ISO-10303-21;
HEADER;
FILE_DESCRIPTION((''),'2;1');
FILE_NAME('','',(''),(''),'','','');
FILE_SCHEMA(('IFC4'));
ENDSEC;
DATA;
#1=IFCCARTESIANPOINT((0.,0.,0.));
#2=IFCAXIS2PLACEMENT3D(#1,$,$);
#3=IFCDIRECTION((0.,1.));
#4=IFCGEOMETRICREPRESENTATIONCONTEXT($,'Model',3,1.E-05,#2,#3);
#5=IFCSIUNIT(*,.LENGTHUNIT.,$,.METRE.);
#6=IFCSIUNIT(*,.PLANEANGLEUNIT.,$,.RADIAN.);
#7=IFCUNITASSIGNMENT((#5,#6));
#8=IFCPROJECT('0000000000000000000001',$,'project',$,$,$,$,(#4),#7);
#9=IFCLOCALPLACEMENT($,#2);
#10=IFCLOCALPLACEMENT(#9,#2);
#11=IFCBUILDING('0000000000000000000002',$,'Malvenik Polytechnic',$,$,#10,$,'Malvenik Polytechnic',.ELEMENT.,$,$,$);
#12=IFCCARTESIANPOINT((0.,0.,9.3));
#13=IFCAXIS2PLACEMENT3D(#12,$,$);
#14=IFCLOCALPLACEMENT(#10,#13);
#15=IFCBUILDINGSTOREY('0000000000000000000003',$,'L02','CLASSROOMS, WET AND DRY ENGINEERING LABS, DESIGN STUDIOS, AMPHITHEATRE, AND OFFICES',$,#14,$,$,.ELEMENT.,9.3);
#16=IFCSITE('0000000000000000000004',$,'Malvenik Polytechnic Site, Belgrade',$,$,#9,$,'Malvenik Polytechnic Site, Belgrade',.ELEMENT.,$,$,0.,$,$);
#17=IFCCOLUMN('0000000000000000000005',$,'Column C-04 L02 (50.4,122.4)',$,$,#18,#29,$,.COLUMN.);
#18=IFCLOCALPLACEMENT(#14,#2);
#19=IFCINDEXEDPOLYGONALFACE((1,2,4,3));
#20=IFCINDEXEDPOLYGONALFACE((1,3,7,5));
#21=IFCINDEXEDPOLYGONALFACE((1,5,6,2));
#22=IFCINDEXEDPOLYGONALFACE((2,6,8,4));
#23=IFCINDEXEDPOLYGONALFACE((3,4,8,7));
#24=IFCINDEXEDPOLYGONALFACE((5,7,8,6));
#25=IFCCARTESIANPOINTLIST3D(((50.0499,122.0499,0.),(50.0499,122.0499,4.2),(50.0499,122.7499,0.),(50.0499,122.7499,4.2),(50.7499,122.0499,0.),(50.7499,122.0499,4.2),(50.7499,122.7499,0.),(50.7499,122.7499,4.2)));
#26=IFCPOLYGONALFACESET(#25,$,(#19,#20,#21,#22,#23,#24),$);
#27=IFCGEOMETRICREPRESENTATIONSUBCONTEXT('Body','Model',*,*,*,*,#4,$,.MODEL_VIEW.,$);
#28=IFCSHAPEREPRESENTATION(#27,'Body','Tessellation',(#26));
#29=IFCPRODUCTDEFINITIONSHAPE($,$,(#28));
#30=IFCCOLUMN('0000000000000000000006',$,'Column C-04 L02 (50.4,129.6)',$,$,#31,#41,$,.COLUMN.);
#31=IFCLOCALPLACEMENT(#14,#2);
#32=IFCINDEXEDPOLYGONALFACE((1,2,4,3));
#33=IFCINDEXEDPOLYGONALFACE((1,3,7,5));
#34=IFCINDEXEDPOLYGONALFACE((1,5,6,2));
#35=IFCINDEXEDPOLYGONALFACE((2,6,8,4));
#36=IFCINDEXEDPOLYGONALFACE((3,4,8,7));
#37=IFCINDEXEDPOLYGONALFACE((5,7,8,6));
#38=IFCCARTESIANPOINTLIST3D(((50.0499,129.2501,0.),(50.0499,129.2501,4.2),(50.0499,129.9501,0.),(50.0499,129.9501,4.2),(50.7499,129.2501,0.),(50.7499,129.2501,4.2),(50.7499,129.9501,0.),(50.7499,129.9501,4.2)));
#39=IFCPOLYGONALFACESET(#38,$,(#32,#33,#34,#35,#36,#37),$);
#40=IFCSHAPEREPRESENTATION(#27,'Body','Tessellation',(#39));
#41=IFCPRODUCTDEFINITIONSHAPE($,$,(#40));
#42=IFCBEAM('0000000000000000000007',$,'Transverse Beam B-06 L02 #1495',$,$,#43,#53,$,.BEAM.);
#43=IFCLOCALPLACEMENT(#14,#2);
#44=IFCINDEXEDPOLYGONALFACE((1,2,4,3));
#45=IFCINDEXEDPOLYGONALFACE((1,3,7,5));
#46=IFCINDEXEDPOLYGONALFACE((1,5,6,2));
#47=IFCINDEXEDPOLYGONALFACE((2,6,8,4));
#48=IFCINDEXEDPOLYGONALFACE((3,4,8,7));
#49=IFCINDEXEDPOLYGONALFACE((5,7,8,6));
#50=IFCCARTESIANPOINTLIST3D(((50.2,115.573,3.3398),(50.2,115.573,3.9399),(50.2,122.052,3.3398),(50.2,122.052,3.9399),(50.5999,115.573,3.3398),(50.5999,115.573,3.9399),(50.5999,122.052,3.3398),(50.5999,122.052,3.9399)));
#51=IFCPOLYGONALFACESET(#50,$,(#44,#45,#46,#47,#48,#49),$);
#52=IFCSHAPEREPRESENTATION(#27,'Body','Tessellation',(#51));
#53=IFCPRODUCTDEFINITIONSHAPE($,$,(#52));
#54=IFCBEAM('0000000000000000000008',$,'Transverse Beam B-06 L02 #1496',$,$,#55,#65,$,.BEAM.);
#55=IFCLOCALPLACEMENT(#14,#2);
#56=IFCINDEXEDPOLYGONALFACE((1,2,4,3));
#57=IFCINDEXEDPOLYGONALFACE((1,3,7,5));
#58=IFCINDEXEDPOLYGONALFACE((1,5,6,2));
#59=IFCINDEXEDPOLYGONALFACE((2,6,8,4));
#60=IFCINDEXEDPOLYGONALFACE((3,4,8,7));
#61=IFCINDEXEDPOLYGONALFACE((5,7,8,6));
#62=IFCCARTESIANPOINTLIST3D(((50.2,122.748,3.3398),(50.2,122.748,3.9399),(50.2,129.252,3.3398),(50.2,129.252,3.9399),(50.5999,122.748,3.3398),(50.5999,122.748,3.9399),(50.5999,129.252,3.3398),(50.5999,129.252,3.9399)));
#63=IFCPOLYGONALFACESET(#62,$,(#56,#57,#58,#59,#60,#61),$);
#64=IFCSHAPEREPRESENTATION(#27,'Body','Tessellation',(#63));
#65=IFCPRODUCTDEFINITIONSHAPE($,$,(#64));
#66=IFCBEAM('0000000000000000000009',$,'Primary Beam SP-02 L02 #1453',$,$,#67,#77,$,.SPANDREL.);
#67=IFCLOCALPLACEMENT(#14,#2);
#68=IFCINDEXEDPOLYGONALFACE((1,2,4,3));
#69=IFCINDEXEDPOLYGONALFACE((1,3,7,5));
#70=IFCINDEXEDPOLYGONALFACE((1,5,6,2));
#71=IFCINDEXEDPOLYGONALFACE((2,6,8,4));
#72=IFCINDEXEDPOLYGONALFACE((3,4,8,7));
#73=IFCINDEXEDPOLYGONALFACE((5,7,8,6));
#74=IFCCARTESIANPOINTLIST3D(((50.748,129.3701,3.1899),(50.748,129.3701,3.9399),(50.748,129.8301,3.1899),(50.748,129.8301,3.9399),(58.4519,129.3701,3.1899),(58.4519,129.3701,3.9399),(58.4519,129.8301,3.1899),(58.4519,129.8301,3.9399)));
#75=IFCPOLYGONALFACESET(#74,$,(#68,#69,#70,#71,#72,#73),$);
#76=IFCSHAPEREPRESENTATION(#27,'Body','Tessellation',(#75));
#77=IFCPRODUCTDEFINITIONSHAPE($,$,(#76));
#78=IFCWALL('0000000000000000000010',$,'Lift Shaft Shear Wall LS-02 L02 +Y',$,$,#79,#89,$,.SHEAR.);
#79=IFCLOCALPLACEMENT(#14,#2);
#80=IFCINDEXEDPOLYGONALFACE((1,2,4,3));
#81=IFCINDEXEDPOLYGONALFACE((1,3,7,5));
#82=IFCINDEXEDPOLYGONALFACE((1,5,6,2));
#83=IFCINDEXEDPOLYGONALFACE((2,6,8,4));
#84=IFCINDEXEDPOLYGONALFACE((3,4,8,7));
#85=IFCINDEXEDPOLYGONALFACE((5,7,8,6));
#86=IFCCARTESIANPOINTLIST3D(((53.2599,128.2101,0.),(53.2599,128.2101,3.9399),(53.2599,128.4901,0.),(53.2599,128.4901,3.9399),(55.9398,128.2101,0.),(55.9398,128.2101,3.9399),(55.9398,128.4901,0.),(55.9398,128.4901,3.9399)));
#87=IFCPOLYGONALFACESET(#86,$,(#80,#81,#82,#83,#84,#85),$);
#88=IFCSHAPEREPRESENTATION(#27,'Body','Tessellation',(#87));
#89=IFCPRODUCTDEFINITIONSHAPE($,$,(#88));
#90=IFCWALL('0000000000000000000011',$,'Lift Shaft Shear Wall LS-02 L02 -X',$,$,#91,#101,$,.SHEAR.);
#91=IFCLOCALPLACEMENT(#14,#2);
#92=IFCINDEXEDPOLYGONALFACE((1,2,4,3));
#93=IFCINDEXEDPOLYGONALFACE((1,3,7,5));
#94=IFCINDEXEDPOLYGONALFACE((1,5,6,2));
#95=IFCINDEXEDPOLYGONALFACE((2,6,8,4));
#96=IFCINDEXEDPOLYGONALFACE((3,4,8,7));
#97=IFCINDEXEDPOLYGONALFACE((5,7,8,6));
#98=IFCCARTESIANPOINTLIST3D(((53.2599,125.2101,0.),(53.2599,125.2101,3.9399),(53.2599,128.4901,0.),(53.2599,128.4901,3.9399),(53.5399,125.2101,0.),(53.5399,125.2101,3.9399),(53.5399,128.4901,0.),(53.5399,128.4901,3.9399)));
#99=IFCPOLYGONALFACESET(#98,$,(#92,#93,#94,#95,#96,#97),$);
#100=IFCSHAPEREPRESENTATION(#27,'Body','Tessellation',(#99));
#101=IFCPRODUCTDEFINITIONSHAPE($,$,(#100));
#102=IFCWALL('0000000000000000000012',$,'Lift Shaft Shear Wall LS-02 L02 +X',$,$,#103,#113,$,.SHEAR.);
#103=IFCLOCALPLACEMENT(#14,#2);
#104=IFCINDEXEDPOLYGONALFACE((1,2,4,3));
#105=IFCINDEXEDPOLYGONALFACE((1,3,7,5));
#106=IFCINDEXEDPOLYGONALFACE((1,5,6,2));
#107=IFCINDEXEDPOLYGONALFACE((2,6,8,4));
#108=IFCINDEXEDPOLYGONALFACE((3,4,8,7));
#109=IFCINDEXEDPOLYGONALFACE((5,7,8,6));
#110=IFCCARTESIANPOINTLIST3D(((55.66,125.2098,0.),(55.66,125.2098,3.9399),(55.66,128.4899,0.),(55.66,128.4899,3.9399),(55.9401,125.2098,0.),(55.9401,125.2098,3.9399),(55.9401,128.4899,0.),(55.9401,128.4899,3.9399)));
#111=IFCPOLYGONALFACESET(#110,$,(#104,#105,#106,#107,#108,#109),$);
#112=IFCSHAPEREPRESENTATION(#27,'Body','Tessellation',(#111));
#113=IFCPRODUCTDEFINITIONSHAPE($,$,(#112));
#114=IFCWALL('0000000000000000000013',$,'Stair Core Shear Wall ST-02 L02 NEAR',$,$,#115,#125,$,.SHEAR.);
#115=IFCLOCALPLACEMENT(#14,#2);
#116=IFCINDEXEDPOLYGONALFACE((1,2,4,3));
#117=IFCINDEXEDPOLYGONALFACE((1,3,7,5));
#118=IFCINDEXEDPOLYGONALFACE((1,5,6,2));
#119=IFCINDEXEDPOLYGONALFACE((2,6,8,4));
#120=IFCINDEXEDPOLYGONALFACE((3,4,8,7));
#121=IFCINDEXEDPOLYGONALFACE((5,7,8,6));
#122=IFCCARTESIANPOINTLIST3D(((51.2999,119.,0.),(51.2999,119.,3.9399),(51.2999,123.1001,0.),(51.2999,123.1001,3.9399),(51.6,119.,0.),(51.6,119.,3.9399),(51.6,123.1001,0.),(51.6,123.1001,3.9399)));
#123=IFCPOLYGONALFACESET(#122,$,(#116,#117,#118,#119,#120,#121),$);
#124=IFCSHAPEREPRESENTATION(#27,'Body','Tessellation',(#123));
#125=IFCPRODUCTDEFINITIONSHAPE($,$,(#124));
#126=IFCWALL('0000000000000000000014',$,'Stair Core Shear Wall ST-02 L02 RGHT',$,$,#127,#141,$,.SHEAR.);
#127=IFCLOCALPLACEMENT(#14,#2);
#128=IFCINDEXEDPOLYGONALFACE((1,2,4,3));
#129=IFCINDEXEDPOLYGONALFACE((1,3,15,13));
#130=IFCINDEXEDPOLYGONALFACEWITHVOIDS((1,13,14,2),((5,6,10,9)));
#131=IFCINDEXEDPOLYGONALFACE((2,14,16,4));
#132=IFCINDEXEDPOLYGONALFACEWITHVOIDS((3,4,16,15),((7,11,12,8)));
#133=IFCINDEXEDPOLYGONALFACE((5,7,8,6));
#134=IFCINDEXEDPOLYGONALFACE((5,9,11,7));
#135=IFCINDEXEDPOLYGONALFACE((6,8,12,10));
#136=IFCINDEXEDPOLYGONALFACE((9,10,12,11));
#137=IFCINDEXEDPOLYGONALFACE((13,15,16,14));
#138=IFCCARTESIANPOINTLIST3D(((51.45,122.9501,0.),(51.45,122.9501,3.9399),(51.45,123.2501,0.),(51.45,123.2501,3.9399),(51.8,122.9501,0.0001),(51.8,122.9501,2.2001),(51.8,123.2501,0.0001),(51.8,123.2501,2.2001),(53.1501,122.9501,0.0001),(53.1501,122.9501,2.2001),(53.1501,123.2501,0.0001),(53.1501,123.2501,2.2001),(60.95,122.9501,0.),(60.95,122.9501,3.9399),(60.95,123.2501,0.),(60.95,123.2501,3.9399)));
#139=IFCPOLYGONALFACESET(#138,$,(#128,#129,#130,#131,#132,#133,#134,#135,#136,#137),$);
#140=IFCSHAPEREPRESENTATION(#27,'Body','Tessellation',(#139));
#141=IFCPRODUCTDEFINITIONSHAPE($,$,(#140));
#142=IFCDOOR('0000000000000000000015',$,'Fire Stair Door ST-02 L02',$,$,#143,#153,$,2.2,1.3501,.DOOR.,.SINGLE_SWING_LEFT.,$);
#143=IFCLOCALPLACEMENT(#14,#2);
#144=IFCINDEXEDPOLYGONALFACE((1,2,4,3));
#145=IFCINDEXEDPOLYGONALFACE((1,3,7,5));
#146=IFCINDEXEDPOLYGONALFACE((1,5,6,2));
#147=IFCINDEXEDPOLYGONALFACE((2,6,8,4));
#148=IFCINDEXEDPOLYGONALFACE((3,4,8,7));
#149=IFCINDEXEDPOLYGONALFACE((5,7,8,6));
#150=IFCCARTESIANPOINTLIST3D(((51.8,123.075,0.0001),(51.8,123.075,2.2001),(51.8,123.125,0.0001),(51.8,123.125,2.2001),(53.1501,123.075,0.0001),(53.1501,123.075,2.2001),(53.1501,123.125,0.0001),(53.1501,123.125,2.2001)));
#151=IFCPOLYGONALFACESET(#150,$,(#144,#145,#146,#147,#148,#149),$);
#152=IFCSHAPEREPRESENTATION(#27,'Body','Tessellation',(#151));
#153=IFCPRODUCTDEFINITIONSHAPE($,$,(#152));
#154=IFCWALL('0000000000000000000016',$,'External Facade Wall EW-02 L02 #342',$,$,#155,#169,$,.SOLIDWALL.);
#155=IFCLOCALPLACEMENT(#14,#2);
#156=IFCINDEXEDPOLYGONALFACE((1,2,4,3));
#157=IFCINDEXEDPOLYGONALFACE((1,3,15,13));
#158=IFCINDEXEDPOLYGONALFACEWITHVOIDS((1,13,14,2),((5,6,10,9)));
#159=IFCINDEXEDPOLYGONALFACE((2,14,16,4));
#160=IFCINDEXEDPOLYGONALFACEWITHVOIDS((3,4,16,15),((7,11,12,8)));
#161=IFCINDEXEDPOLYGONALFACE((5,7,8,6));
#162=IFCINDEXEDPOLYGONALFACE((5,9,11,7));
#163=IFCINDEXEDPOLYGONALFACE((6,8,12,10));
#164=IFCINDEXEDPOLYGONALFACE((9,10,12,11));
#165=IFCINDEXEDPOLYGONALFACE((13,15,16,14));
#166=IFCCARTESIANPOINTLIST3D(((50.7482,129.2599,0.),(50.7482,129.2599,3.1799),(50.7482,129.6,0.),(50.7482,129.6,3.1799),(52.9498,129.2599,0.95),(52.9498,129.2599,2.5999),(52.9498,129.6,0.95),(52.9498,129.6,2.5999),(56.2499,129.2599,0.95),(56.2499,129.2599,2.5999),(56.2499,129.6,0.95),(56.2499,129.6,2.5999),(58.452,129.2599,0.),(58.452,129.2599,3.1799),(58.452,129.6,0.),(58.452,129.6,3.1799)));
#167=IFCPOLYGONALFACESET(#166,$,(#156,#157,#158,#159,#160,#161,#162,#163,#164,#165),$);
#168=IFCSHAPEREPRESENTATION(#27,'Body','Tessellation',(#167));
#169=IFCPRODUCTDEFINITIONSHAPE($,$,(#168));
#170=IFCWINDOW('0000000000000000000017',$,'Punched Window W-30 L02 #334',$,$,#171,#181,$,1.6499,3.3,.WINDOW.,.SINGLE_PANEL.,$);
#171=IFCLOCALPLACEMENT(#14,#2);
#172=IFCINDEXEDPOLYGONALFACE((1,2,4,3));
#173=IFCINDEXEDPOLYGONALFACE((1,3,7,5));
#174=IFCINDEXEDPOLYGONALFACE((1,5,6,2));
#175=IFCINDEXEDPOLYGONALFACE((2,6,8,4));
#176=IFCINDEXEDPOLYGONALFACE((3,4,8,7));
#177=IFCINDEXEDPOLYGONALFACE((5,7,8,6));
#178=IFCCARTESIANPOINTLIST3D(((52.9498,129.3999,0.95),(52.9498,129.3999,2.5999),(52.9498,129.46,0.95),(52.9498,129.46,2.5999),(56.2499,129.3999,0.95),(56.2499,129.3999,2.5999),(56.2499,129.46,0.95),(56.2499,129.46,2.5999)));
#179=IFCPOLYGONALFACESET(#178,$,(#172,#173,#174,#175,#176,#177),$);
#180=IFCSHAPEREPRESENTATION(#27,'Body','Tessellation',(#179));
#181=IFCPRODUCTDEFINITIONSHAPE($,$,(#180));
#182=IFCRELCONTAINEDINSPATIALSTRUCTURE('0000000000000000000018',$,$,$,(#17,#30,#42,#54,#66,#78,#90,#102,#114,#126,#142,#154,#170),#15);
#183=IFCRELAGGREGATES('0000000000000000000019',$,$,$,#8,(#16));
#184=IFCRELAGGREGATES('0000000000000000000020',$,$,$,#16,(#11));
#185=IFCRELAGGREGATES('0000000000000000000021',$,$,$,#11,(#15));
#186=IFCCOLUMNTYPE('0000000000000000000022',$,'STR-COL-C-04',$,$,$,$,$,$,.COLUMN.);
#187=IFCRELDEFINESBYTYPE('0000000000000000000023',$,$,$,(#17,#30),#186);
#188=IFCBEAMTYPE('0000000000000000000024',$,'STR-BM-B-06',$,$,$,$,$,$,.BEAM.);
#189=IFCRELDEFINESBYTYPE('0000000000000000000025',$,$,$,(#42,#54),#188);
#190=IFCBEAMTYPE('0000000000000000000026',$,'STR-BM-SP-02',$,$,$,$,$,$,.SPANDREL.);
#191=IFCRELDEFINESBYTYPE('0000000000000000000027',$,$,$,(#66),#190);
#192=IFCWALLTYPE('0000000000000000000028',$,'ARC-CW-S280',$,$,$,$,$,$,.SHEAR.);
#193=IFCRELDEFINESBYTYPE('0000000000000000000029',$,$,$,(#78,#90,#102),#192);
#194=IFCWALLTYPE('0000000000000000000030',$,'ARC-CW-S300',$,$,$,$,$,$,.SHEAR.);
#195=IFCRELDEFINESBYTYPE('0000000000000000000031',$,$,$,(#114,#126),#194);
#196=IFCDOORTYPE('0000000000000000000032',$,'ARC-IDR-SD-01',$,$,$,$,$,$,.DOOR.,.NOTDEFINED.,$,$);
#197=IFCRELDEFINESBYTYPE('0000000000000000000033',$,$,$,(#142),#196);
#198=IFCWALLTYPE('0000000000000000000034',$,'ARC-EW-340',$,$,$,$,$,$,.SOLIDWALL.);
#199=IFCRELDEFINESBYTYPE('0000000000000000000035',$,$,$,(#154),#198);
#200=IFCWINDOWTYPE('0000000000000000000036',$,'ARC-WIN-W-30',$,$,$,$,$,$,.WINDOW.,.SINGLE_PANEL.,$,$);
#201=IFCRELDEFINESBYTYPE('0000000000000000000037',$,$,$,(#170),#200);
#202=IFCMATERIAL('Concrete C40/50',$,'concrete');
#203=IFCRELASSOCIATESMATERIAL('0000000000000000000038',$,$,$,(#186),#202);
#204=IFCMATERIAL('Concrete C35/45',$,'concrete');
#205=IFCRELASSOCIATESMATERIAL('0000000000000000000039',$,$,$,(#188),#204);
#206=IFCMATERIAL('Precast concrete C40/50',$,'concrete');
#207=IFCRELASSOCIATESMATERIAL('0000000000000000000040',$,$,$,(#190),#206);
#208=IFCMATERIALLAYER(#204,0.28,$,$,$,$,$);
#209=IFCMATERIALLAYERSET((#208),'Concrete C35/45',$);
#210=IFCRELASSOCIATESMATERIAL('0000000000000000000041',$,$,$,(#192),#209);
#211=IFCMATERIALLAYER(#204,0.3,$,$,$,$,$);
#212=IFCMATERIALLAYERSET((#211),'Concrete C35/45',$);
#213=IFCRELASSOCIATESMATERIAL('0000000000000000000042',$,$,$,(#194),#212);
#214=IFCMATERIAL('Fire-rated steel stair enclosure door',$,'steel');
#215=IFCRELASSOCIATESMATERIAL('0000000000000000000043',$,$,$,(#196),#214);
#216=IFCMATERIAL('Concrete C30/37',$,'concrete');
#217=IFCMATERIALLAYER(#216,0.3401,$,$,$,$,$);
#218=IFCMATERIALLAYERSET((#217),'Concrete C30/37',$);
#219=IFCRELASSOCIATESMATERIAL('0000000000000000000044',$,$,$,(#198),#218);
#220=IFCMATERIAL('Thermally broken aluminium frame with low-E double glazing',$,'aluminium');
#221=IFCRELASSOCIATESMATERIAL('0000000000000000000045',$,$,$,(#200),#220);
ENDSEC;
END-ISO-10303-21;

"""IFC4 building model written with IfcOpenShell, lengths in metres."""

from ifc_helpers import new_model, si_unit, direction, frame, frame_2d, origin, origin_2d, place, context, subcontext, project, spatial, rectangle, extrude, material, layer, layer_set, material_profile, profile_set, type_object, element, fill, save


model = new_model("IFC4")

# Units and contexts
model_context = context("Model", 3, precision=1e-05, world=origin(), true_north=direction((0.0, 1.0)))
body_context = subcontext(model_context, "Body", "Model", "MODEL_VIEW")
ifc_project = project(units=[si_unit("LENGTHUNIT", "METRE"), si_unit("PLANEANGLEUNIT", "RADIAN")], contexts=[model_context])

# Site, building, storey
site_placement = place(None, origin())
site = spatial("IfcSite", under=ifc_project, at=site_placement, Name="Malvenik Polytechnic Site, Belgrade", LongName="Malvenik Polytechnic Site, Belgrade", CompositionType="ELEMENT", RefElevation=0.0)
building_placement = place(site_placement, origin())
building = spatial("IfcBuilding", under=site, at=building_placement, Name="Malvenik Polytechnic", LongName="Malvenik Polytechnic", CompositionType="ELEMENT")
storey_placement = place(building_placement, frame((0.0, 0.0, 9.3)))
storey = spatial("IfcBuildingStorey", under=building, at=storey_placement, Name="L02", Description="CLASSROOMS, WET AND DRY ENGINEERING LABS, DESIGN STUDIOS, AMPHITHEATRE, AND OFFICES", CompositionType="ELEMENT", Elevation=9.3)

# Columns
ifc_material_1 = material(Name="Concrete C40/50", Category="concrete")
ifc_material_profile_1 = material_profile(ifc_material_1, rectangle(XDim=0.7, YDim=0.7, at=origin_2d()), Name="RC COL 700x700")
ifc_profile_set_1 = profile_set([ifc_material_profile_1], Name="Concrete C40/50")
column_type = type_object("IfcColumnType", Name="STR-COL-C-04", PredefinedType="COLUMN", material=ifc_profile_set_1)
for number, where, z_axis, x_axis, name in (
    (1, (50.3999, 122.3999, 0.0), (0.0, 0.0, 1.0), (1.0, 0.0, 0.0), "Column C-04 L02 (50.4,122.4)"),
    (2, (50.3999, 129.6001, 0.0), (0.0, 0.0, 1.0), (1.0, 0.0, 0.0), "Column C-04 L02 (50.4,129.6)"),
):
    element("IfcColumn", number, at=place(storey_placement, frame(where, z_axis=z_axis, x_axis=x_axis)), inside=storey, type_object=column_type, Name=name, PredefinedType="COLUMN", context=body_context, shape_type="SweptSolid", body=[
        extrude(rectangle(XDim=0.7, YDim=0.7, at=origin_2d()), origin(), (0.0, 0.0, 1.0), 4.2),
    ])

# Beams
ifc_material_2 = material(Name="Concrete C35/45", Category="concrete")
ifc_material_profile_2 = material_profile(ifc_material_2, rectangle(XDim=0.3999, YDim=0.6001, at=origin_2d()), Name="RC BM 400x600")
ifc_profile_set_2 = profile_set([ifc_material_profile_2], Name="Concrete C35/45")
beam_type_1 = type_object("IfcBeamType", Name="STR-BM-B-06", PredefinedType="BEAM", material=ifc_profile_set_2)
beam_1_placement = place(storey_placement, frame((50.3999, 115.573, 3.6399), z_axis=(0.0, 1.0, 0.0), x_axis=(-1.0, 0.0, 0.0)))
element("IfcBeam", 3, at=beam_1_placement, inside=storey, type_object=beam_type_1, Name="Transverse Beam B-06 L02 #1495", PredefinedType="BEAM", context=body_context, shape_type="SweptSolid", body=[
    extrude(rectangle(XDim=0.3999, YDim=0.6001, at=origin_2d()), origin(), (0.0, 0.0, 1.0), 6.479),
])
beam_2_placement = place(storey_placement, frame((50.3999, 122.748, 3.6399), z_axis=(0.0, 1.0, 0.0), x_axis=(-1.0, 0.0, 0.0)))
element("IfcBeam", 4, at=beam_2_placement, inside=storey, type_object=beam_type_1, Name="Transverse Beam B-06 L02 #1496", PredefinedType="BEAM", context=body_context, shape_type="SweptSolid", body=[
    extrude(rectangle(XDim=0.3999, YDim=0.6001, at=origin_2d()), origin(), (0.0, 0.0, 1.0), 6.5039),
])
ifc_material_3 = material(Name="Precast concrete C40/50", Category="concrete")
ifc_material_profile_3 = material_profile(ifc_material_3, rectangle(XDim=0.46, YDim=0.75, at=origin_2d()), Name="PC SPN 460x750")
ifc_profile_set_3 = profile_set([ifc_material_profile_3], Name="Precast concrete C40/50")
beam_type_2 = type_object("IfcBeamType", Name="STR-BM-SP-02", PredefinedType="SPANDREL", material=ifc_profile_set_3)
beam_3_placement = place(storey_placement, frame((50.748, 129.6001, 3.5649), z_axis=(1.0, 0.0, 0.0), x_axis=(0.0, 1.0, 0.0)))
element("IfcBeam", 5, at=beam_3_placement, inside=storey, type_object=beam_type_2, Name="Primary Beam SP-02 L02 #1453", PredefinedType="SPANDREL", context=body_context, shape_type="SweptSolid", body=[
    extrude(rectangle(XDim=0.46, YDim=0.75, at=origin_2d()), origin(), (0.0, 0.0, 1.0), 7.7039),
])

# Walls
ifc_layer_1 = layer(ifc_material_2, 0.28)
ifc_layer_set_1 = layer_set([ifc_layer_1], Name="Concrete C35/45")
wall_type_1 = type_object("IfcWallType", Name="ARC-CW-S280", PredefinedType="SHEAR", material=ifc_layer_set_1)
wall_1_placement = place(storey_placement, frame((53.26, 128.3501, 0.0), z_axis=(0.0, 0.0, 1.0), x_axis=(1.0, 0.0, 0.0)))
element("IfcWall", 6, at=wall_1_placement, inside=storey, type_object=wall_type_1, Name="Lift Shaft Shear Wall LS-02 L02 +Y", PredefinedType="SHEAR", context=body_context, shape_type="SweptSolid", body=[
    extrude(rectangle(XDim=2.6799, YDim=0.28, at=frame_2d((1.3398, 0.0))), origin(), (0.0, 0.0, 1.0), 3.9399),
])
for number, where, z_axis, x_axis, name in (
    (7, (53.3999, 125.21, 0.0), (0.0, 0.0, 1.0), (0.0, 1.0, 0.0), "Lift Shaft Shear Wall LS-02 L02 -X"),
    (8, (55.8, 128.49, 0.0), (0.0, 0.0, 1.0), (0.0, -1.0, 0.0), "Lift Shaft Shear Wall LS-02 L02 +X"),
):
    element("IfcWall", number, at=place(storey_placement, frame(where, z_axis=z_axis, x_axis=x_axis)), inside=storey, type_object=wall_type_1, Name=name, PredefinedType="SHEAR", context=body_context, shape_type="SweptSolid", body=[
        extrude(rectangle(XDim=3.28, YDim=0.28, at=frame_2d((1.6401, 0.0))), origin(), (0.0, 0.0, 1.0), 3.9399),
    ])
ifc_layer_2 = layer(ifc_material_2, 0.3)
ifc_layer_set_2 = layer_set([ifc_layer_2], Name="Concrete C35/45")
wall_type_2 = type_object("IfcWallType", Name="ARC-CW-S300", PredefinedType="SHEAR", material=ifc_layer_set_2)
wall_2_placement = place(storey_placement, frame((51.45, 119.0, 0.0), z_axis=(0.0, 0.0, 1.0), x_axis=(0.0, 1.0, 0.0)))
element("IfcWall", 9, at=wall_2_placement, inside=storey, type_object=wall_type_2, Name="Stair Core Shear Wall ST-02 L02 NEAR", PredefinedType="SHEAR", context=body_context, shape_type="SweptSolid", body=[
    extrude(rectangle(XDim=4.1001, YDim=0.3, at=frame_2d((2.05, 0.0))), origin(), (0.0, 0.0, 1.0), 3.9399),
])

# Wall, opening, door
wall_3_placement = place(storey_placement, frame((51.45, 123.1001, 0.0), z_axis=(0.0, 0.0, 1.0), x_axis=(1.0, 0.0, 0.0)))
wall_3 = element("IfcWall", 10, at=wall_3_placement, inside=storey, type_object=wall_type_2, Name="Stair Core Shear Wall ST-02 L02 RGHT", PredefinedType="SHEAR", context=body_context, shape_type="SweptSolid", body=[
    extrude(rectangle(XDim=9.5, YDim=0.3, at=frame_2d((4.75, 0.0))), origin(), (0.0, 0.0, 1.0), 3.9399),
])
opening_1_placement = place(wall_3_placement, frame((0.3501, 0.0, 0.0)))
opening_1 = element("IfcOpeningElement", 11, at=opening_1_placement, cuts=wall_3, PredefinedType="OPENING", context=body_context, shape_type="SweptSolid", body=[
    extrude(rectangle(XDim=1.3501, YDim=2.2, at=frame_2d((0.675, 1.1001))), frame((0.0, 0.1602, 0.0), z_axis=(0.0, -1.0, 0.0), x_axis=(1.0, 0.0, 0.0)), (0.0, 0.0, 1.0), 0.3201),
])
ifc_material_4 = material(Name="Fire-rated steel stair enclosure door", Category="steel")
door_type_1 = type_object("IfcDoorType", Name="ARC-IDR-SD-01", OperationType="NOTDEFINED", PredefinedType="DOOR", material=ifc_material_4)
door_1_placement = place(opening_1_placement, origin())
door_1 = element("IfcDoor", 12, at=door_1_placement, inside=storey, type_object=door_type_1, Name="Fire Stair Door ST-02 L02", OperationType="SINGLE_SWING_LEFT", OverallHeight=2.2, OverallWidth=1.3501, PredefinedType="DOOR", context=body_context, shape_type="SweptSolid", body=[
    extrude(rectangle(XDim=1.3501, YDim=2.2, at=frame_2d((0.675, 1.1001))), frame((0.0, 0.0249, 0.0), z_axis=(0.0, -1.0, 0.0), x_axis=(1.0, 0.0, 0.0)), (0.0, 0.0, 1.0), 0.05),
])
fill(opening_1, door_1)

# Wall, opening, window
ifc_material_5 = material(Name="Concrete C30/37", Category="concrete")
ifc_layer_3 = layer(ifc_material_5, 0.3401)
ifc_layer_set_3 = layer_set([ifc_layer_3], Name="Concrete C30/37")
wall_type_3 = type_object("IfcWallType", Name="ARC-EW-340", PredefinedType="SOLIDWALL", material=ifc_layer_set_3)
wall_4_placement = place(storey_placement, frame((50.748, 129.4299, 0.0), z_axis=(0.0, 0.0, 1.0), x_axis=(1.0, 0.0, 0.0)))
wall_4 = element("IfcWall", 13, at=wall_4_placement, inside=storey, type_object=wall_type_3, Name="External Facade Wall EW-02 L02 #342", PredefinedType="SOLIDWALL", context=body_context, shape_type="SweptSolid", body=[
    extrude(rectangle(XDim=7.7039, YDim=0.3401, at=frame_2d((3.8521, 0.0))), origin(), (0.0, 0.0, 1.0), 3.1799),
])
opening_2_placement = place(wall_4_placement, frame((2.2019, 0.0, 0.95)))
opening_2 = element("IfcOpeningElement", 14, at=opening_2_placement, cuts=wall_4, PredefinedType="OPENING", context=body_context, shape_type="SweptSolid", body=[
    extrude(rectangle(XDim=3.3, YDim=1.6499, at=frame_2d((1.6499, 0.825))), frame((0.0, 0.1802, 0.0), z_axis=(0.0, -1.0, 0.0), x_axis=(1.0, 0.0, 0.0)), (0.0, 0.0, 1.0), 0.3601),
])
ifc_material_6 = material(Name="Thermally broken aluminium frame with low-E double glazing", Category="aluminium")
window_type = type_object("IfcWindowType", Name="ARC-WIN-W-30", PartitioningType="SINGLE_PANEL", PredefinedType="WINDOW", material=ifc_material_6)
window_placement = place(opening_2_placement, origin())
window = element("IfcWindow", 15, at=window_placement, inside=storey, type_object=window_type, Name="Punched Window W-30 L02 #334", OverallHeight=1.6499, OverallWidth=3.3, PartitioningType="SINGLE_PANEL", PredefinedType="WINDOW", context=body_context, shape_type="SweptSolid", body=[
    extrude(rectangle(XDim=3.3, YDim=1.6499, at=frame_2d((1.6499, 0.825))), frame((0.0, 0.03, 0.0), z_axis=(0.0, -1.0, 0.0), x_axis=(1.0, 0.0, 0.0)), (0.0, 0.0, 1.0), 0.0601),
])
fill(opening_2, window)

save(model, "model.ifc")
